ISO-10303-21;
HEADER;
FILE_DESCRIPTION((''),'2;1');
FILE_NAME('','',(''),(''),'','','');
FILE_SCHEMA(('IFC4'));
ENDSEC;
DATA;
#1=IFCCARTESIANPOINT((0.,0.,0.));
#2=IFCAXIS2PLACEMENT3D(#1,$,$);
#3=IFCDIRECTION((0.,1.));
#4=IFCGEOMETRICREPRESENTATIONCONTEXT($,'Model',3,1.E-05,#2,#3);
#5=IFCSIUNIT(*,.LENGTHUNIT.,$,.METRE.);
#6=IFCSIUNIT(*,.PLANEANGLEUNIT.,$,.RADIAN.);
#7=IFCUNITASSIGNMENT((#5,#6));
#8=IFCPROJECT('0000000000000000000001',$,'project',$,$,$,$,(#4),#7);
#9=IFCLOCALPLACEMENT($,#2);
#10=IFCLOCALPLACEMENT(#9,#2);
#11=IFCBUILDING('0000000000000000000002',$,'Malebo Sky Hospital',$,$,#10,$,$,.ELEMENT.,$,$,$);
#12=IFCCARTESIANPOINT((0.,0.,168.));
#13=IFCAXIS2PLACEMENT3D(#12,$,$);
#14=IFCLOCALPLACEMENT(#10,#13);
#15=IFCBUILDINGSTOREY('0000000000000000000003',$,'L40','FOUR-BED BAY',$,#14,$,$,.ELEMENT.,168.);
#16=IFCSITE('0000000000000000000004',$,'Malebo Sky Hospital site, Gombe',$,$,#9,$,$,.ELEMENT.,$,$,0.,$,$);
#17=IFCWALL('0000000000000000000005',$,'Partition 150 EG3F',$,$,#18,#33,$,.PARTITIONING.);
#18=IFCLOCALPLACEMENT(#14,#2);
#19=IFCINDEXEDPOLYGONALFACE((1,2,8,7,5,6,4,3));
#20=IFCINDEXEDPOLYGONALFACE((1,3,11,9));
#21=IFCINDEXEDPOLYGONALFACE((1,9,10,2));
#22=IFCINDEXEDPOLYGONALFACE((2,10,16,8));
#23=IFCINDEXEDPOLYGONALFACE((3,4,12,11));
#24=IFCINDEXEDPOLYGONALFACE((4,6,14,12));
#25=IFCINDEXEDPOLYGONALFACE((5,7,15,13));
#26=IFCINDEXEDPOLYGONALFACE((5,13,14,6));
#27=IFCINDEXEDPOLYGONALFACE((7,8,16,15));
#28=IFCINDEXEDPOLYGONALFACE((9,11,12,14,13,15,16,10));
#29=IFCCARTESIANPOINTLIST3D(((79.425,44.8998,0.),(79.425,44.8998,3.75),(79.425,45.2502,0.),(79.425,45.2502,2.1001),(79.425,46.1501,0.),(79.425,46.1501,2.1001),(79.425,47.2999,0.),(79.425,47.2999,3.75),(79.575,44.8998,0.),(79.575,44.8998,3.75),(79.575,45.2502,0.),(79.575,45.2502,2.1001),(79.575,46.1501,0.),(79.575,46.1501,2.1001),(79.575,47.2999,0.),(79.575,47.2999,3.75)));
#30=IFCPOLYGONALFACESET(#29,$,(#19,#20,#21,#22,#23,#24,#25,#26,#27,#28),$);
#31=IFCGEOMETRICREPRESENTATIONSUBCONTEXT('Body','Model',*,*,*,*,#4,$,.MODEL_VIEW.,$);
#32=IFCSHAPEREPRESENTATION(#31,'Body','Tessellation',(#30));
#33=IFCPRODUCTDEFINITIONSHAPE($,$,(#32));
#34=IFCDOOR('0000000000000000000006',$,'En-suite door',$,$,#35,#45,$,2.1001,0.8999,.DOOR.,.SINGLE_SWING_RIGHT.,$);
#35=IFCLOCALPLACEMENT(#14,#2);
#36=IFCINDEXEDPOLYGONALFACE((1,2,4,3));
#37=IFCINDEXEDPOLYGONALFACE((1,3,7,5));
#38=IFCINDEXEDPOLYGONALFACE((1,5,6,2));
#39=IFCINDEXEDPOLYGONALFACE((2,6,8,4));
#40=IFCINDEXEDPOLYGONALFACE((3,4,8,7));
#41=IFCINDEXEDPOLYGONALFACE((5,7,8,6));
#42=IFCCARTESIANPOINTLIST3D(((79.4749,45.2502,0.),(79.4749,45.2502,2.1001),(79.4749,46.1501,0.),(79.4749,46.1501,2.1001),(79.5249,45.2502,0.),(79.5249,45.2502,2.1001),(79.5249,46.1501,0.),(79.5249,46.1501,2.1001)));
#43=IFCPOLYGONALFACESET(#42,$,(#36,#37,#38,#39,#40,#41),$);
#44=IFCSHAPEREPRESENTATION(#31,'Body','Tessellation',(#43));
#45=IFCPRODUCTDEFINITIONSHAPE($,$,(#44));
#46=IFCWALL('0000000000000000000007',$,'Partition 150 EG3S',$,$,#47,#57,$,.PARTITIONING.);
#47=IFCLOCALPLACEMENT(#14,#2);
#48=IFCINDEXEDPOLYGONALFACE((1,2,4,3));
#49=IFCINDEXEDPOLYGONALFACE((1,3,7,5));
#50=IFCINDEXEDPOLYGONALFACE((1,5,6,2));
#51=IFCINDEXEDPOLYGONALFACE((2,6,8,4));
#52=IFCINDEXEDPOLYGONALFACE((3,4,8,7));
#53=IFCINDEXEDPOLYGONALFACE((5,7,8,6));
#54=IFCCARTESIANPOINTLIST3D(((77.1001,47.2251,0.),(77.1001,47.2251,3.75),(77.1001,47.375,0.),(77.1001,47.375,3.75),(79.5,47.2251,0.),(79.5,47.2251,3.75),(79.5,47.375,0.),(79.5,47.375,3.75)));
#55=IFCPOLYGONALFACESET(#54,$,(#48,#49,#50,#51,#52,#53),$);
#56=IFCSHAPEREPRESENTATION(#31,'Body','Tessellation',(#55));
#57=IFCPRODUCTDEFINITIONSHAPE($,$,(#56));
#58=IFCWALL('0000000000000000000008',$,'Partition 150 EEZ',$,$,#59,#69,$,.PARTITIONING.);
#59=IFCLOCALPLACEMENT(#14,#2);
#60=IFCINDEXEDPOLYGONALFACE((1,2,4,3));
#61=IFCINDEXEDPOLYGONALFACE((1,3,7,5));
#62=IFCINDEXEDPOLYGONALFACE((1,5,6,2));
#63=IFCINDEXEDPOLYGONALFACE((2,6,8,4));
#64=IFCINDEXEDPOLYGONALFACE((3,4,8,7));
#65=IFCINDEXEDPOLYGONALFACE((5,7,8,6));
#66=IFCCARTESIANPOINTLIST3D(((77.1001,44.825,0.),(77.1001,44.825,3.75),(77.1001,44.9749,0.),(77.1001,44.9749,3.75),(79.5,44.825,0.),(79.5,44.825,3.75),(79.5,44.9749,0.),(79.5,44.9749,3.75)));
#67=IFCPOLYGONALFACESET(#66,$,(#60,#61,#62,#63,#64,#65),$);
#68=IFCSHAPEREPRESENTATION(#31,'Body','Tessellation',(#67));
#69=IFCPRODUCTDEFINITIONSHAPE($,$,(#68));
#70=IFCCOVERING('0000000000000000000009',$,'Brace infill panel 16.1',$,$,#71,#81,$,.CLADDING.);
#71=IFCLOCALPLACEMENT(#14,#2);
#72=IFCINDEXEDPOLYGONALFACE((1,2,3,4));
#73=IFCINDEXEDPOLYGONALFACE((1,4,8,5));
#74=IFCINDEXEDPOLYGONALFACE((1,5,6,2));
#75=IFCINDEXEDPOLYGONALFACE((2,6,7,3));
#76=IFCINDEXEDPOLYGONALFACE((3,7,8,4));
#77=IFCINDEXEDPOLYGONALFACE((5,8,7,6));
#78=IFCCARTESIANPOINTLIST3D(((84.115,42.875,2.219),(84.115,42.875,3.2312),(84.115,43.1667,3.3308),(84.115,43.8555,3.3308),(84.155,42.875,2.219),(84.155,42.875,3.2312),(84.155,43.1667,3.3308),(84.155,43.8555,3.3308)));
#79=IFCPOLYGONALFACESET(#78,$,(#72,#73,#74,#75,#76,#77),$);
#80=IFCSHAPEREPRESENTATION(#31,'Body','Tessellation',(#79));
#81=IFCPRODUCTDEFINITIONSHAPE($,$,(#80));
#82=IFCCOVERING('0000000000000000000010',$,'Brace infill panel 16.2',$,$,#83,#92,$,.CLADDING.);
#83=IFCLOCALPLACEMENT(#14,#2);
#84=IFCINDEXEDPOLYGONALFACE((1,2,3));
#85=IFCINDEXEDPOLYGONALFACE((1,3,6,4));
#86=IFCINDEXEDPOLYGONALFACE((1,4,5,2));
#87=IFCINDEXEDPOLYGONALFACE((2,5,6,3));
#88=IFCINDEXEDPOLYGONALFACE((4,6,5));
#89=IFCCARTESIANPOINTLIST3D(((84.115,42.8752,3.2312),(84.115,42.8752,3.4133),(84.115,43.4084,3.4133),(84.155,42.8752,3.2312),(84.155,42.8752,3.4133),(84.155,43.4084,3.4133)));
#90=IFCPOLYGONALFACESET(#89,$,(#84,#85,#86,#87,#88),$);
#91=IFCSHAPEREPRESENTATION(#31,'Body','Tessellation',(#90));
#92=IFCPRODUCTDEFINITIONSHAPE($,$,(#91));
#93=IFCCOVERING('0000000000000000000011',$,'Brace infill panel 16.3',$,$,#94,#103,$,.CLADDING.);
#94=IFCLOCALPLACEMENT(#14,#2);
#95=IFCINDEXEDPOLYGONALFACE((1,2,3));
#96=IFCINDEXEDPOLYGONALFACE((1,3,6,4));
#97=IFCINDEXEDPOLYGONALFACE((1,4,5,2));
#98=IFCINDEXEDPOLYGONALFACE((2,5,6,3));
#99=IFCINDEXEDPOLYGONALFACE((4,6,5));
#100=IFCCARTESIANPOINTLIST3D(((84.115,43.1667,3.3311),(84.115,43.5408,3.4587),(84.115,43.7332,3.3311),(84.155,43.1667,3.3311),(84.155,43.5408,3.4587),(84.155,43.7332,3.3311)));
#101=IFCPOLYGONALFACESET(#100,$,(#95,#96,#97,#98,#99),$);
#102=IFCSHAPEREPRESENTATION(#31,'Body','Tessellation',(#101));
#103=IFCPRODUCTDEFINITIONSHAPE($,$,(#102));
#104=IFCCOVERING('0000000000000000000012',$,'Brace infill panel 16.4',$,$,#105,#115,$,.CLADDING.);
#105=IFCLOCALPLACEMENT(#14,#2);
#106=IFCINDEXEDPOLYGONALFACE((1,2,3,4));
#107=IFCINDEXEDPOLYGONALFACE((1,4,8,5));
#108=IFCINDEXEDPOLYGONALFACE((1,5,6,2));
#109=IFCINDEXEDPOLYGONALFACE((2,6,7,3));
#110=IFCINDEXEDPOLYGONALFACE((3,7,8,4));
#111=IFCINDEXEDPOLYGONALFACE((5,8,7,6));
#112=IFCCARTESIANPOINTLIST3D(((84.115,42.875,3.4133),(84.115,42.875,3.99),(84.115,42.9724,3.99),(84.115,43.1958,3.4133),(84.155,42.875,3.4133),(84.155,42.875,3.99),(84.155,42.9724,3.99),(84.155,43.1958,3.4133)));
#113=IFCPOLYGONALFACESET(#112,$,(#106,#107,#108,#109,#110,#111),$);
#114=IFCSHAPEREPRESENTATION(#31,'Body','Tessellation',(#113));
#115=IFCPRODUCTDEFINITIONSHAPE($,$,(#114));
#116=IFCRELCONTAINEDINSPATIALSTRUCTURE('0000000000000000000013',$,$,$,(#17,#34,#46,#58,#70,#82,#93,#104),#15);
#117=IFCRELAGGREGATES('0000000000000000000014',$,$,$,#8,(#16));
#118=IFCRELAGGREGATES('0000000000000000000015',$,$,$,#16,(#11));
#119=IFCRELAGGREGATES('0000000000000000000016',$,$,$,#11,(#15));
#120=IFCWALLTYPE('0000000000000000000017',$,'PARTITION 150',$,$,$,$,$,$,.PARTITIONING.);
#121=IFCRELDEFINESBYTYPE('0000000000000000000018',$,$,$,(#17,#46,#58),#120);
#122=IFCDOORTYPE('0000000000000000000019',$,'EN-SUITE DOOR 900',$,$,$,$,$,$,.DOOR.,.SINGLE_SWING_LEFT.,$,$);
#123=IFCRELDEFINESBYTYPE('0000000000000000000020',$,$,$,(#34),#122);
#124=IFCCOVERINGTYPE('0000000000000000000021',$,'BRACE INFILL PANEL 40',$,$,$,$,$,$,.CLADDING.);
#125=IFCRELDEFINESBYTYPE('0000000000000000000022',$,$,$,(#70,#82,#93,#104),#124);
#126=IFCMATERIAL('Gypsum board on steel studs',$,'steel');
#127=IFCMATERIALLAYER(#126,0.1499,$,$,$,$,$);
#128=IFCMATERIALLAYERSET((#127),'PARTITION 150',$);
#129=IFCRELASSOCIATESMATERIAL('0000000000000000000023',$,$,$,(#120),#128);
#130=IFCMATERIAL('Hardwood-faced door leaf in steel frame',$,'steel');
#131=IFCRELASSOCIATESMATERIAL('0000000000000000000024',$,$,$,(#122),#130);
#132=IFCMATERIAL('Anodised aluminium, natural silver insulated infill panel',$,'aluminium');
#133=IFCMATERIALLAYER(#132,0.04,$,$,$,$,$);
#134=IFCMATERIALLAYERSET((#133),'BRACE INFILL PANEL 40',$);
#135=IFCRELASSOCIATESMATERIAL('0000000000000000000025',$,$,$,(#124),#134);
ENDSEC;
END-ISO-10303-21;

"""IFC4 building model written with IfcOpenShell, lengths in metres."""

from ifc_helpers import new_model, si_unit, direction, frame, frame_2d, origin, place, context, subcontext, project, spatial, polyline, rectangle, outline, extrude, material, layer, layer_set, type_object, element, fill, save


model = new_model("IFC4")

# Units and contexts
model_context = context("Model", 3, precision=1e-05, world=origin(), true_north=direction((0.0, 1.0)))
body_context = subcontext(model_context, "Body", "Model", "MODEL_VIEW")
ifc_project = project(units=[si_unit("LENGTHUNIT", "METRE"), si_unit("PLANEANGLEUNIT", "RADIAN")], contexts=[model_context])

# Site, building, storey
site_placement = place(None, origin())
site = spatial("IfcSite", under=ifc_project, at=site_placement, Name="Malebo Sky Hospital site, Gombe", CompositionType="ELEMENT", RefElevation=0.0)
building_placement = place(site_placement, origin())
building = spatial("IfcBuilding", under=site, at=building_placement, Name="Malebo Sky Hospital", CompositionType="ELEMENT")
storey_placement = place(building_placement, frame((0.0, 0.0, 168.0)))
storey = spatial("IfcBuildingStorey", under=building, at=storey_placement, Name="L40", Description="FOUR-BED BAY", CompositionType="ELEMENT", Elevation=168.0)

# Shared definitions
ifc_material_1 = material(Name="Gypsum board on steel studs", Category="steel")
ifc_material_2 = material(Name="Hardwood-faced door leaf in steel frame", Category="steel")

# Shared definitions
ifc_layer_1 = layer(ifc_material_1, 0.1499)
ifc_layer_set_1 = layer_set([ifc_layer_1], Name="PARTITION 150")
wall_type_1 = type_object("IfcWallType", Name="PARTITION 150", PredefinedType="PARTITIONING", material=ifc_layer_set_1)

# Wall, opening, door
wall_1_placement = place(storey_placement, frame((79.5, 47.3, 0.0), z_axis=(0.0, 0.0, 1.0), x_axis=(0.0, -1.0, 0.0)))
wall_1 = element("IfcWall", 1, at=wall_1_placement, inside=storey, type_object=wall_type_1, Name="Partition 150 EG3F", PredefinedType="PARTITIONING", context=body_context, shape_type="SweptSolid", body=[
    extrude(rectangle(XDim=2.4001, YDim=0.1499, at=frame_2d((1.2002, 0.0))), origin(), (0.0, 0.0, 1.0), 3.75),
])
opening_1_placement = place(wall_1_placement, frame((1.1499, 0.0, 0.0)))
opening_1 = element("IfcOpeningElement", 2, at=opening_1_placement, cuts=wall_1, PredefinedType="OPENING", context=body_context, shape_type="SweptSolid", body=[
    extrude(rectangle(XDim=0.8999, YDim=2.1001, at=frame_2d((0.45, 1.05))), frame((0.0, 0.085, 0.0), z_axis=(0.0, -1.0, 0.0), x_axis=(1.0, 0.0, 0.0)), (0.0, 0.0, 1.0), 0.1699),
])
door_type_1 = type_object("IfcDoorType", Name="EN-SUITE DOOR 900", OperationType="SINGLE_SWING_LEFT", PredefinedType="DOOR", material=ifc_material_2)
door_1_placement = place(opening_1_placement, origin())
door_1 = element("IfcDoor", 3, at=door_1_placement, inside=storey, type_object=door_type_1, Name="En-suite door", OperationType="SINGLE_SWING_RIGHT", OverallHeight=2.1001, OverallWidth=0.8999, PredefinedType="DOOR", context=body_context, shape_type="SweptSolid", body=[
    extrude(rectangle(XDim=0.8999, YDim=2.1001, at=frame_2d((0.45, 1.05))), frame((0.0, 0.0249, 0.0), z_axis=(0.0, -1.0, 0.0), x_axis=(1.0, 0.0, 0.0)), (0.0, 0.0, 1.0), 0.05),
])
fill(opening_1, door_1)

# Walls
for number, where, z_axis, x_axis, name in (
    (4, (77.1001, 47.3, 0.0), (0.0, 0.0, 1.0), (1.0, 0.0, 0.0), "Partition 150 EG3S"),
    (5, (77.1001, 44.8999, 0.0), (0.0, 0.0, 1.0), (1.0, 0.0, 0.0), "Partition 150 EEZ"),
):
    element("IfcWall", number, at=place(storey_placement, frame(where, z_axis=z_axis, x_axis=x_axis)), inside=storey, type_object=wall_type_1, Name=name, PredefinedType="PARTITIONING", context=body_context, shape_type="SweptSolid", body=[
        extrude(rectangle(XDim=2.3999, YDim=0.1499, at=frame_2d((1.2, 0.0))), origin(), (0.0, 0.0, 1.0), 3.75),
    ])

# Coverings
ifc_material_3 = material(Name="Anodised aluminium, natural silver insulated infill panel", Category="aluminium")
ifc_layer_2 = layer(ifc_material_3, 0.04)
ifc_layer_set_2 = layer_set([ifc_layer_2], Name="BRACE INFILL PANEL 40")
covering_type = type_object("IfcCoveringType", Name="BRACE INFILL PANEL 40", PredefinedType="CLADDING", material=ifc_layer_set_2)
covering_1_placement = place(storey_placement, frame((84.135, 43.3652, 2.219), z_axis=(0.0, 0.0, 1.0), x_axis=(0.0, -1.0, 0.0)))
element("IfcCovering", 6, at=covering_1_placement, inside=storey, type_object=covering_type, Name="Brace infill panel 16.1", PredefinedType="CLADDING", context=body_context, shape_type="SweptSolid", body=[
    extrude(outline(polyline([(0.4902, 0.0), (0.4902, 1.0122), (0.1985, 1.1118), (-0.4902, 1.1118), (0.4902, 0.0)])), frame((0.0, 0.02, 0.0), z_axis=(0.0, -1.0, 0.0), x_axis=(1.0, 0.0, 0.0)), (0.0, 0.0, 1.0), 0.04),
])
covering_2_placement = place(storey_placement, frame((84.135, 43.1418, 3.2312), z_axis=(0.0, 0.0, 1.0), x_axis=(0.0, -1.0, 0.0)))
element("IfcCovering", 7, at=covering_2_placement, inside=storey, type_object=covering_type, Name="Brace infill panel 16.2", PredefinedType="CLADDING", context=body_context, shape_type="SweptSolid", body=[
    extrude(outline(polyline([(0.2666, 0.0), (0.2666, 0.1821), (-0.2666, 0.1821), (0.2666, 0.0)])), frame((0.0, 0.02, 0.0), z_axis=(0.0, -1.0, 0.0), x_axis=(1.0, 0.0, 0.0)), (0.0, 0.0, 1.0), 0.04),
])
covering_3_placement = place(storey_placement, frame((84.135, 43.45, 3.3311), z_axis=(0.0, 0.0, 1.0), x_axis=(0.0, -1.0, 0.0)))
element("IfcCovering", 8, at=covering_3_placement, inside=storey, type_object=covering_type, Name="Brace infill panel 16.3", PredefinedType="CLADDING", context=body_context, shape_type="SweptSolid", body=[
    extrude(outline(polyline([(-0.2832, 0.0), (0.2832, 0.0), (-0.0908, 0.1277), (-0.2832, 0.0)])), frame((0.0, 0.02, 0.0), z_axis=(0.0, -1.0, 0.0), x_axis=(1.0, 0.0, 0.0)), (0.0, 0.0, 1.0), 0.04),
])
covering_4_placement = place(storey_placement, frame((84.135, 43.0354, 3.4133), z_axis=(0.0, 0.0, 1.0), x_axis=(0.0, -1.0, 0.0)))
element("IfcCovering", 9, at=covering_4_placement, inside=storey, type_object=covering_type, Name="Brace infill panel 16.4", PredefinedType="CLADDING", context=body_context, shape_type="SweptSolid", body=[
    extrude(outline(polyline([(-0.1604, 0.0), (0.1604, 0.0), (0.1604, 0.5767), (0.063, 0.5767), (-0.1604, 0.0)])), frame((0.0, 0.02, 0.0), z_axis=(0.0, -1.0, 0.0), x_axis=(1.0, 0.0, 0.0)), (0.0, 0.0, 1.0), 0.04),
])

save(model, "model.ifc")
